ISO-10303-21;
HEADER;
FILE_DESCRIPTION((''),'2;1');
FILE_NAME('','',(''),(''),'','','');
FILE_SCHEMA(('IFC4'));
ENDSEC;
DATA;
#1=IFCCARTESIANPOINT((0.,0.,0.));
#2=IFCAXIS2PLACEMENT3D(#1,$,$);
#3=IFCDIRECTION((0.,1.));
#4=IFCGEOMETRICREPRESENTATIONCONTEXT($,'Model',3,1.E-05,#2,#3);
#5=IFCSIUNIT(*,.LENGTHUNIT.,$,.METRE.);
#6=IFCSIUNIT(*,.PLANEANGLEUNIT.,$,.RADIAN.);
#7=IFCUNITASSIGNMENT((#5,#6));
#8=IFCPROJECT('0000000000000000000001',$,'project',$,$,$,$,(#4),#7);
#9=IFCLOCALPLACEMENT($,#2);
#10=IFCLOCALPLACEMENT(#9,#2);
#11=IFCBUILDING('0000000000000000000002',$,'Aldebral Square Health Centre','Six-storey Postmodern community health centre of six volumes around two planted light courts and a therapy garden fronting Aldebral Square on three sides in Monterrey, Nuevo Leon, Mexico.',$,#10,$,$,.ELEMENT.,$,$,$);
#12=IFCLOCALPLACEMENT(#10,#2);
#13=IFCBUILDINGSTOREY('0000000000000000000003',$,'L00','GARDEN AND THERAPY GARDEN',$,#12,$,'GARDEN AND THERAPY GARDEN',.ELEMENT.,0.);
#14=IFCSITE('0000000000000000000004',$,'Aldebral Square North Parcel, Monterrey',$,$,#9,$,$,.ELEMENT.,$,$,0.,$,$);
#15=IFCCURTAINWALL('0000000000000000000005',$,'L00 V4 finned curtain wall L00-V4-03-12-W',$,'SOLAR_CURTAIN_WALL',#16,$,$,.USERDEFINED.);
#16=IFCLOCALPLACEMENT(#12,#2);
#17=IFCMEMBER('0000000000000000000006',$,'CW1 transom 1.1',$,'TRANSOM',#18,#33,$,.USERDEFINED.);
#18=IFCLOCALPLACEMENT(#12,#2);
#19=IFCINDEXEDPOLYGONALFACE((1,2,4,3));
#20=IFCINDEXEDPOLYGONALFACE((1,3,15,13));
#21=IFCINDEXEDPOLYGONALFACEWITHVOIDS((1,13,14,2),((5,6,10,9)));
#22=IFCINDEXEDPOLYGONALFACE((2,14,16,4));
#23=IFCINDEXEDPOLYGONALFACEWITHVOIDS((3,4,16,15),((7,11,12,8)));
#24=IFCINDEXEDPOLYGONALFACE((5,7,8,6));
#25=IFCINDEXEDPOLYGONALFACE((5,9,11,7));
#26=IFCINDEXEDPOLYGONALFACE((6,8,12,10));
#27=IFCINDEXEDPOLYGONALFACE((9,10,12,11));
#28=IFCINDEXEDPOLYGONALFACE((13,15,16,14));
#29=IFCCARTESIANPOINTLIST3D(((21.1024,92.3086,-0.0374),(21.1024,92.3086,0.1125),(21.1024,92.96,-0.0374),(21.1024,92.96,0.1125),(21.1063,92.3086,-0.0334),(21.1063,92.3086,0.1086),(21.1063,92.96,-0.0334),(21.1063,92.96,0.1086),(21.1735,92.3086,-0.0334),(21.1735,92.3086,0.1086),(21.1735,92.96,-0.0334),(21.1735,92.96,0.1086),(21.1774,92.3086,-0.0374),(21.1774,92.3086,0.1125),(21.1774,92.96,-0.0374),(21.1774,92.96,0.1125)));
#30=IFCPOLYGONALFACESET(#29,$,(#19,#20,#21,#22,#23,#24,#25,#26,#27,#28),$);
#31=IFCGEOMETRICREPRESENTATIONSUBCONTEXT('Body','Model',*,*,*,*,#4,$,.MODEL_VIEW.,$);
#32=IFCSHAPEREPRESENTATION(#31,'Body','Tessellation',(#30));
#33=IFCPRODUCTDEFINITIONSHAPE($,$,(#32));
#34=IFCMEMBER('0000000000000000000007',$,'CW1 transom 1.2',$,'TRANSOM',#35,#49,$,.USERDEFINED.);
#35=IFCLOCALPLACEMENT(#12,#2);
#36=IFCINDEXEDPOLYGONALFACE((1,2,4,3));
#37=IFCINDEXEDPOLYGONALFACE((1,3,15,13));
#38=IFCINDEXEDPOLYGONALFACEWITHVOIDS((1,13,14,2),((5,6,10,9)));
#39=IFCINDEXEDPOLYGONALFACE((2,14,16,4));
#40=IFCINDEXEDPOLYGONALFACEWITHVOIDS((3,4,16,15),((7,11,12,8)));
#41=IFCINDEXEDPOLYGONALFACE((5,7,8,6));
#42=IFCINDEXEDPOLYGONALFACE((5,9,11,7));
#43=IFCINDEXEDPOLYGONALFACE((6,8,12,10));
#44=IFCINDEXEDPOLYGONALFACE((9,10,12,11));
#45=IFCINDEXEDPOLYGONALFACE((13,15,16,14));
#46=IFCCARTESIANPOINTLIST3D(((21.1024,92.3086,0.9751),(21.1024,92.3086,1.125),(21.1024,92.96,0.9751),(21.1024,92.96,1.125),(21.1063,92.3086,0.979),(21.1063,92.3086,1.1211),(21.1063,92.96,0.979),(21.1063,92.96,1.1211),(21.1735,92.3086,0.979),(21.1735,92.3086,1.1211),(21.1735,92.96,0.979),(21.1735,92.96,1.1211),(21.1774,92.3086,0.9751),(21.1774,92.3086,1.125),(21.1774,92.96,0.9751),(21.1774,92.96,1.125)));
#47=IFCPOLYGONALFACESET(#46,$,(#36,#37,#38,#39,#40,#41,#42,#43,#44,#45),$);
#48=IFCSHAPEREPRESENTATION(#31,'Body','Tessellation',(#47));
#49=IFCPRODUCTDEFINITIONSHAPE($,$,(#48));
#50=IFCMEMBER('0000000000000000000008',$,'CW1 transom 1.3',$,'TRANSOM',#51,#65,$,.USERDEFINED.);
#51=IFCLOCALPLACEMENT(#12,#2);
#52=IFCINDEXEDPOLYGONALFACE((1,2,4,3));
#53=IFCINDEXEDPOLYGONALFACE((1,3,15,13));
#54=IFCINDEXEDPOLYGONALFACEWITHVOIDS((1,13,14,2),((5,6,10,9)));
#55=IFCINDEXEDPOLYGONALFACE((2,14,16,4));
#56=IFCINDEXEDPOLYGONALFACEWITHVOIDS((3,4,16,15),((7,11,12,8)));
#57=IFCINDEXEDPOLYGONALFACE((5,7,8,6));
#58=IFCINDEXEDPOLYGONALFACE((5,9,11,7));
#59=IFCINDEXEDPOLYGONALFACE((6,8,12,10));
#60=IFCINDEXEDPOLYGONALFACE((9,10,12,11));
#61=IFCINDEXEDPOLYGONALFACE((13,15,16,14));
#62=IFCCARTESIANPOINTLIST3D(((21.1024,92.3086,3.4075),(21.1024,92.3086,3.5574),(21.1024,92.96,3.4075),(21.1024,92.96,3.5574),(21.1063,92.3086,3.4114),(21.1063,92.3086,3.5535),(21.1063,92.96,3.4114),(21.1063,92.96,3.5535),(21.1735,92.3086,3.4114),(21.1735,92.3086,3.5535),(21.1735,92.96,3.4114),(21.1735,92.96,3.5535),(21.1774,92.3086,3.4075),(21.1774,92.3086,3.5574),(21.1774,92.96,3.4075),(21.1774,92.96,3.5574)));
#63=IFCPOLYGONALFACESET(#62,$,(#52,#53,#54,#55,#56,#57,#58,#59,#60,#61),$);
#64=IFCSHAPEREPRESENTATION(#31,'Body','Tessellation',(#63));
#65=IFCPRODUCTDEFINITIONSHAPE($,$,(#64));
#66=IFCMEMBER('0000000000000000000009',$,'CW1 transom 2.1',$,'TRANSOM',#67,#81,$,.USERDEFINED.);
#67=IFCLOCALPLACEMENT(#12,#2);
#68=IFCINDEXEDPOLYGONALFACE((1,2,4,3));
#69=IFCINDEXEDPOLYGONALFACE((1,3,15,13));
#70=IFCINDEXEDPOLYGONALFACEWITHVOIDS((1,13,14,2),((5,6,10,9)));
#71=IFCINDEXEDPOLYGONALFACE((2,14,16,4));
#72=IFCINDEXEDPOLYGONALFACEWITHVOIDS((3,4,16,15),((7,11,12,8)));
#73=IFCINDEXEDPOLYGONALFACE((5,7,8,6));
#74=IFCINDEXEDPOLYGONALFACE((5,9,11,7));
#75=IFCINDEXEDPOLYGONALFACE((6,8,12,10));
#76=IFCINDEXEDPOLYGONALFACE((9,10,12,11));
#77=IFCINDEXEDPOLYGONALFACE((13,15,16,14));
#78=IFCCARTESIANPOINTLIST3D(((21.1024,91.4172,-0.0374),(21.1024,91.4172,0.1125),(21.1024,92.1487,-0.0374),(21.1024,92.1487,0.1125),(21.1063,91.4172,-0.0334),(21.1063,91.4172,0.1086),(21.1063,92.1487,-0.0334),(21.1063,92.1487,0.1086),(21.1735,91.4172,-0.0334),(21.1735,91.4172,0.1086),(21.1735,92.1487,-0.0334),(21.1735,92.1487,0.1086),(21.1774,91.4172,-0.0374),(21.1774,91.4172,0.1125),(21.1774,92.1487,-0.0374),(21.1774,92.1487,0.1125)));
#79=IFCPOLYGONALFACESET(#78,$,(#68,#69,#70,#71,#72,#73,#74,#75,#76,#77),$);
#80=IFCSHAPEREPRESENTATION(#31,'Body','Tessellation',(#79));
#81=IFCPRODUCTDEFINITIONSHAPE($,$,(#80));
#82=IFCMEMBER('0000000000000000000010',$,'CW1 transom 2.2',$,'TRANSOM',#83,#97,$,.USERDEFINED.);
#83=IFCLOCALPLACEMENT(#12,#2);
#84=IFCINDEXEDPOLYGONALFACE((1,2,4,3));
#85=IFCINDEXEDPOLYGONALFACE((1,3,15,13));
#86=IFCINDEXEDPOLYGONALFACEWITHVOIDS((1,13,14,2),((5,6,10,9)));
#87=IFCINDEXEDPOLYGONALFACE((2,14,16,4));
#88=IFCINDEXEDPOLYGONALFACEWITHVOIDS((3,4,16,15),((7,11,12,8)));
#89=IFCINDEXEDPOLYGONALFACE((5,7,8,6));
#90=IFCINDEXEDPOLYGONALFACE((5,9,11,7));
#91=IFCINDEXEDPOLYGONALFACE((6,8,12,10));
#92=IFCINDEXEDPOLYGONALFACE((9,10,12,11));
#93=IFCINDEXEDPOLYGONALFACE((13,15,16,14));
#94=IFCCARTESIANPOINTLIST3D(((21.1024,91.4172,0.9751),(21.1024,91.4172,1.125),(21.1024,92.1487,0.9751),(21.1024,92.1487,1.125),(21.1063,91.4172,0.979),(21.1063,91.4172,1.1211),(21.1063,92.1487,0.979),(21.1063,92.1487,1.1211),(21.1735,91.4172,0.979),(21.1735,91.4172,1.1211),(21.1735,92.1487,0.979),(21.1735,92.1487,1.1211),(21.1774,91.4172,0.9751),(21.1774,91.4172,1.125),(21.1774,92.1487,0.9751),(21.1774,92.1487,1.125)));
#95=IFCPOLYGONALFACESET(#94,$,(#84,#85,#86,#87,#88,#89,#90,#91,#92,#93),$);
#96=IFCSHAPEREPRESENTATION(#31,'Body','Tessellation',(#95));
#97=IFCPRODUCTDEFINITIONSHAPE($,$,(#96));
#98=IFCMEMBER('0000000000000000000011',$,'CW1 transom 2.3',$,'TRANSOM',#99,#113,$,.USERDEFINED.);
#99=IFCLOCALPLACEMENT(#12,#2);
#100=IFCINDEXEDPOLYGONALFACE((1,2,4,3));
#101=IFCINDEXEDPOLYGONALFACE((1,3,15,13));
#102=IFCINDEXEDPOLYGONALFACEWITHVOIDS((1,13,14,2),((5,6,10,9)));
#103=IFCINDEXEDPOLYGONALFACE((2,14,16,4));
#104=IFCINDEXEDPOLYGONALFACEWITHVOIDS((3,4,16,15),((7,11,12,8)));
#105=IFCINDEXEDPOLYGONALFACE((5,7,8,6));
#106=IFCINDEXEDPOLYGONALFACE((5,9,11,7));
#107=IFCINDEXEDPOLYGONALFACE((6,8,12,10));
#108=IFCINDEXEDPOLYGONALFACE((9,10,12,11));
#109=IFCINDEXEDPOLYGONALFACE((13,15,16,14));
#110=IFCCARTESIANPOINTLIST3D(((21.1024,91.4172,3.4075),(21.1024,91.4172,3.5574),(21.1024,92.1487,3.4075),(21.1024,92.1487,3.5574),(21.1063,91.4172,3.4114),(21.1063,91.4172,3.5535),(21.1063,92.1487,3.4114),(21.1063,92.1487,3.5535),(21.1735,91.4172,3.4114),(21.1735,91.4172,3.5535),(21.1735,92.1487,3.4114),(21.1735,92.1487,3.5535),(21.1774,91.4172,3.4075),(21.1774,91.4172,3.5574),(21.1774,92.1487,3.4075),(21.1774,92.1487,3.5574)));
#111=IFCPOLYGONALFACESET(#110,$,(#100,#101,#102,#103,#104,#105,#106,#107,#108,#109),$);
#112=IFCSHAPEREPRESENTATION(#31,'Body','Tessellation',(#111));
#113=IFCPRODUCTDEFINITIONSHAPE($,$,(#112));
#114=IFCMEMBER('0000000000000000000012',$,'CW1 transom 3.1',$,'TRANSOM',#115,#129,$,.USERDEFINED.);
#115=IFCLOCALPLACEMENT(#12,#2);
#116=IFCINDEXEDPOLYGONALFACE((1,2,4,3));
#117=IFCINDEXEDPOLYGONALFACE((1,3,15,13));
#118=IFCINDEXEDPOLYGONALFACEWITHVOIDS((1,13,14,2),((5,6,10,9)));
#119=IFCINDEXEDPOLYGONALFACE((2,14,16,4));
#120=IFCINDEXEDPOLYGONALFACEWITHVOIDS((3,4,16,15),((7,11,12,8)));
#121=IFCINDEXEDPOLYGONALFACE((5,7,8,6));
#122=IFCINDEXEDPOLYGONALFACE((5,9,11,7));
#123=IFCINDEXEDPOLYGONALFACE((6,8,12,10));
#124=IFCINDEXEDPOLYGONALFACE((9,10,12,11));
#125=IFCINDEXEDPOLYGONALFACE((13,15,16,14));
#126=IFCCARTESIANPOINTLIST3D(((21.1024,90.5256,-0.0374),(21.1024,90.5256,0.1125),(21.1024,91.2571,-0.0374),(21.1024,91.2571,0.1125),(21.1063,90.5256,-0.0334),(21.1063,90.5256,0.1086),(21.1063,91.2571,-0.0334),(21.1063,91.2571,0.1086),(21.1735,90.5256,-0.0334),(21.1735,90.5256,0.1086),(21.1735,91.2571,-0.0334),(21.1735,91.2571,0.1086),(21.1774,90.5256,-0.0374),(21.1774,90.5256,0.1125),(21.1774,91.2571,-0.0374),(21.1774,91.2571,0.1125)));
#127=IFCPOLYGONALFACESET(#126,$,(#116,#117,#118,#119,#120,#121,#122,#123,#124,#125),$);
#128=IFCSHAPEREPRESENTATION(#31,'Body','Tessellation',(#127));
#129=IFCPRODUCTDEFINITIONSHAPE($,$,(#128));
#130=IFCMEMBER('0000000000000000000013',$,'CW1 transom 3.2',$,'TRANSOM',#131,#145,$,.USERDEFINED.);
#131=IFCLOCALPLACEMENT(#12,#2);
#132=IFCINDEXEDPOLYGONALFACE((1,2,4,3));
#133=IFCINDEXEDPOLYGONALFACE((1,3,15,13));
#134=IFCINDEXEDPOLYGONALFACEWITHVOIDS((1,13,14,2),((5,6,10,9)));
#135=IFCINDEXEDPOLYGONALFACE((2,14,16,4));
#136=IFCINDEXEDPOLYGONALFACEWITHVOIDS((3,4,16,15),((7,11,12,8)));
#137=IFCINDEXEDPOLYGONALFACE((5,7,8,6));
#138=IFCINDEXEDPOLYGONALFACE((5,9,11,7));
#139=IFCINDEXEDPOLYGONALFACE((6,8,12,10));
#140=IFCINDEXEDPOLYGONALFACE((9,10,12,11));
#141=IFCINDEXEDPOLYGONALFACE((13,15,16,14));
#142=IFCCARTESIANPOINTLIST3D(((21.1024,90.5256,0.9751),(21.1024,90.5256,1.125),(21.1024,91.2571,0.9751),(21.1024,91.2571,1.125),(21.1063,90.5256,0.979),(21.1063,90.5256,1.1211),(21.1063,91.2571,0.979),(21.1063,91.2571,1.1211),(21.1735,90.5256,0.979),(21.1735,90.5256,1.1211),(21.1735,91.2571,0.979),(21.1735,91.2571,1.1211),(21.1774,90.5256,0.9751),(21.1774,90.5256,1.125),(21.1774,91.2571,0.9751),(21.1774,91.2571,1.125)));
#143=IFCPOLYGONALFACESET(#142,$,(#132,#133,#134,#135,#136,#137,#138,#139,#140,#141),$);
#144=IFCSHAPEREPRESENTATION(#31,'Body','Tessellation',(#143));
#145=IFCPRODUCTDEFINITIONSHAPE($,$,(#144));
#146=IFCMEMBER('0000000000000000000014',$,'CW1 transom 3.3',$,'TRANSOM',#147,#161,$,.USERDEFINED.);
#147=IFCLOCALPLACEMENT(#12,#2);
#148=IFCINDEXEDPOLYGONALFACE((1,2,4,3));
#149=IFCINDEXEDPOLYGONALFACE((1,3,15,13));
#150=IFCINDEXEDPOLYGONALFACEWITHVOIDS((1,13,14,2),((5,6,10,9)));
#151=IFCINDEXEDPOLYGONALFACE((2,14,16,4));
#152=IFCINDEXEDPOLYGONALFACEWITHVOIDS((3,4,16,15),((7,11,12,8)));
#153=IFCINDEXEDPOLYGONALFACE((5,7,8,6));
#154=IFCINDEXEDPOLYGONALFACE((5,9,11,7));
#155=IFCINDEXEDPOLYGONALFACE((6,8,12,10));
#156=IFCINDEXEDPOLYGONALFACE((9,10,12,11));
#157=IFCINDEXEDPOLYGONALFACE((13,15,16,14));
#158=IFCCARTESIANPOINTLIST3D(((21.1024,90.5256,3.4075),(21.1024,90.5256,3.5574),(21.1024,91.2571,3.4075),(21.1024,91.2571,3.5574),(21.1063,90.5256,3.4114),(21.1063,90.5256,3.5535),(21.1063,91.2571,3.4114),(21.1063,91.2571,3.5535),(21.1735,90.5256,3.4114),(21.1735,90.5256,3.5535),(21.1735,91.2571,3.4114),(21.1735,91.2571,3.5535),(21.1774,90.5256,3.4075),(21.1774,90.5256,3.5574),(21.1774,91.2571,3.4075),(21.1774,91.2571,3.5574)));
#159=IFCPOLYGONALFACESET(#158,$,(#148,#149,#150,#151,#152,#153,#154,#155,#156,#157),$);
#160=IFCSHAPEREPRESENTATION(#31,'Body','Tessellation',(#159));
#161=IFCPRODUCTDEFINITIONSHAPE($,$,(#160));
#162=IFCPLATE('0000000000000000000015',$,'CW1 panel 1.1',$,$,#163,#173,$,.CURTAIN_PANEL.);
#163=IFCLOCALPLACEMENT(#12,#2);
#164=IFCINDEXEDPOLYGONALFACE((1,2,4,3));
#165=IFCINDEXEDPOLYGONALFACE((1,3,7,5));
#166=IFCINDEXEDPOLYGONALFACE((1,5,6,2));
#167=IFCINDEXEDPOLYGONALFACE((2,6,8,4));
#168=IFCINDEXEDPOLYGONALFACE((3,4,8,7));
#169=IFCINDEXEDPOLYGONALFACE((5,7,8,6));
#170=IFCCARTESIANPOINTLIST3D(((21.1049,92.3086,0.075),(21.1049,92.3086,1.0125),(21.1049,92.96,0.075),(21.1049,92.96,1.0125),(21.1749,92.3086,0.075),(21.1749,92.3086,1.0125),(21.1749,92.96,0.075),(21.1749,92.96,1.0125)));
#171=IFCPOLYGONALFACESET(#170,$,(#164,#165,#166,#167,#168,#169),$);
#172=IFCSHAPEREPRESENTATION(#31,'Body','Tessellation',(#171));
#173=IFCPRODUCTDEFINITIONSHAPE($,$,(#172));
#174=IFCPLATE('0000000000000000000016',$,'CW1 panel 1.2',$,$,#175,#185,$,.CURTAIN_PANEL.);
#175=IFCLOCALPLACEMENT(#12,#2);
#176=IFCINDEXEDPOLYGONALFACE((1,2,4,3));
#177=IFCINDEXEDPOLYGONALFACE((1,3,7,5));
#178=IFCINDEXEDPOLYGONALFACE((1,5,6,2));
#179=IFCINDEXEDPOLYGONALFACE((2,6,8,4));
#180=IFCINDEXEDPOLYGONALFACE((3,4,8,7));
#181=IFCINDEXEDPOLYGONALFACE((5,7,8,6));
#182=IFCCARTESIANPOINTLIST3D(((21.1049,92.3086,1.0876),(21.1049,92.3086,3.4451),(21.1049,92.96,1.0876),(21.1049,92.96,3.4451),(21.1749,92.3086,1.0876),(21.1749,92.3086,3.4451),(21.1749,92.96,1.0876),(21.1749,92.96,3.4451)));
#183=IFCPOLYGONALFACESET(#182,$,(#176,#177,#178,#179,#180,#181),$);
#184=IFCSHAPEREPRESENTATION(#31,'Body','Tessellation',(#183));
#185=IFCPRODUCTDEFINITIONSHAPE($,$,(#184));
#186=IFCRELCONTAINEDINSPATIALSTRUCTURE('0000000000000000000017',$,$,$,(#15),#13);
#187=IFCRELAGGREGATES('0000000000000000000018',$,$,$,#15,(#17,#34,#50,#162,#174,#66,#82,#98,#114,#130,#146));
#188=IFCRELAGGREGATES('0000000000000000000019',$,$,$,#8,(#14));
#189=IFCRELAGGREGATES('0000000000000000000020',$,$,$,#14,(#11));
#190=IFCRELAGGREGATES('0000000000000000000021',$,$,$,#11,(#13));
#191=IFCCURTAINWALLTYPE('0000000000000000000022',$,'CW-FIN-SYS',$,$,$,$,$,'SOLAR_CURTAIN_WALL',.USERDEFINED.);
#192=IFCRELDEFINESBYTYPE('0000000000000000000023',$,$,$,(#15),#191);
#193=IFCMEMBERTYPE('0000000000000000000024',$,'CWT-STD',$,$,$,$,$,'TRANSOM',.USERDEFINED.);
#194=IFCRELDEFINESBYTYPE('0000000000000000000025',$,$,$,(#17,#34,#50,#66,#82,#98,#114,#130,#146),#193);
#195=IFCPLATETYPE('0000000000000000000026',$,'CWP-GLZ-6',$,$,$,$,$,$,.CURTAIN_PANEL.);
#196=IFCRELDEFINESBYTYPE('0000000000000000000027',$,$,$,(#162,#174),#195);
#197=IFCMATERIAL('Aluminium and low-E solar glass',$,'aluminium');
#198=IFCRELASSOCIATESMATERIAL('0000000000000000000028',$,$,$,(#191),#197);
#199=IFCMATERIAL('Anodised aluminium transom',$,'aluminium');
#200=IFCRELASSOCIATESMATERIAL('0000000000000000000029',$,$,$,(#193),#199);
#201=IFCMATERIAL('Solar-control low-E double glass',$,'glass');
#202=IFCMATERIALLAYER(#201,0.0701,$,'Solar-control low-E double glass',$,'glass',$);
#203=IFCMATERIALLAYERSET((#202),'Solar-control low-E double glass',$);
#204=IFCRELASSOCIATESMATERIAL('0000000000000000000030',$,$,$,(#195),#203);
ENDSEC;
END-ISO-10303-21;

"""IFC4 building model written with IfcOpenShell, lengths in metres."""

from ifc_helpers import new_model, si_unit, direction, frame, origin, origin_2d, place, context, subcontext, project, spatial, rectangle, hollow_rectangle, extrude, material, layer, layer_set, material_profile, profile_set, type_object, element, aggregate, save


model = new_model("IFC4")

# Units and contexts
model_context = context("Model", 3, precision=1e-05, world=origin(), true_north=direction((0.0, 1.0)))
body_context = subcontext(model_context, "Body", "Model", "MODEL_VIEW")
ifc_project = project(units=[si_unit("LENGTHUNIT", "METRE"), si_unit("PLANEANGLEUNIT", "RADIAN")], contexts=[model_context])

# Site, building, storey
site_placement = place(None, origin())
site = spatial("IfcSite", under=ifc_project, at=site_placement, Name="Aldebral Square North Parcel, Monterrey", CompositionType="ELEMENT", RefElevation=0.0)
building_placement = place(site_placement, origin())
building = spatial("IfcBuilding", under=site, at=building_placement, Name="Aldebral Square Health Centre", Description="Six-storey Postmodern community health centre of six volumes around two planted light courts and a therapy garden fronting Aldebral Square on three sides in Monterrey, Nuevo Leon, Mexico.", CompositionType="ELEMENT")
storey_placement = place(building_placement, origin())
storey = spatial("IfcBuildingStorey", under=building, at=storey_placement, Name="L00", Description="GARDEN AND THERAPY GARDEN", LongName="GARDEN AND THERAPY GARDEN", CompositionType="ELEMENT", Elevation=0.0)

# Curtain wall, members, plates
ifc_material_1 = material(Name="Aluminium and low-E solar glass", Category="aluminium")
curtain_wall_type = type_object("IfcCurtainWallType", Name="CW-FIN-SYS", ElementType="SOLAR_CURTAIN_WALL", PredefinedType="USERDEFINED", material=ifc_material_1)
curtain_wall_placement = place(storey_placement, origin())
curtain_wall = element("IfcCurtainWall", 1, at=curtain_wall_placement, inside=storey, type_object=curtain_wall_type, Name="L00 V4 finned curtain wall L00-V4-03-12-W", ObjectType="SOLAR_CURTAIN_WALL", PredefinedType="USERDEFINED")
ifc_material_2 = material(Name="Anodised aluminium transom", Category="aluminium")
ifc_material_profile_1 = material_profile(ifc_material_2, hollow_rectangle(XDim=0.075, YDim=0.1499, WallThickness=0.0039, at=origin_2d()), Name="CWT 75x150x4")
ifc_profile_set_1 = profile_set([ifc_material_profile_1], Name="Anodised aluminium transom")
member_type_1 = type_object("IfcMemberType", Name="CWT-STD", ElementType="TRANSOM", PredefinedType="USERDEFINED", material=ifc_profile_set_1)
member_1_placement = place(storey_placement, frame((21.1399, 92.96, 0.0376), z_axis=(0.0, -1.0, 0.0), x_axis=(1.0, 0.0, 0.0)))
member_1 = element("IfcMember", 2, at=member_1_placement, type_object=member_type_1, Name="CW1 transom 1.1", ObjectType="TRANSOM", PredefinedType="USERDEFINED", context=body_context, shape_type="SweptSolid", body=[
    extrude(hollow_rectangle(XDim=0.075, YDim=0.1499, WallThickness=0.0039, at=origin_2d()), origin(), (0.0, 0.0, 1.0), 0.6514),
])
member_2_placement = place(storey_placement, frame((21.1399, 92.96, 1.05), z_axis=(0.0, -1.0, 0.0), x_axis=(1.0, 0.0, 0.0)))
member_2 = element("IfcMember", 3, at=member_2_placement, type_object=member_type_1, Name="CW1 transom 1.2", ObjectType="TRANSOM", PredefinedType="USERDEFINED", context=body_context, shape_type="SweptSolid", body=[
    extrude(hollow_rectangle(XDim=0.075, YDim=0.1499, WallThickness=0.0039, at=origin_2d()), origin(), (0.0, 0.0, 1.0), 0.6514),
])
member_3_placement = place(storey_placement, frame((21.1399, 92.96, 3.4824), z_axis=(0.0, -1.0, 0.0), x_axis=(1.0, 0.0, 0.0)))
member_3 = element("IfcMember", 4, at=member_3_placement, type_object=member_type_1, Name="CW1 transom 1.3", ObjectType="TRANSOM", PredefinedType="USERDEFINED", context=body_context, shape_type="SweptSolid", body=[
    extrude(hollow_rectangle(XDim=0.075, YDim=0.1499, WallThickness=0.0039, at=origin_2d()), origin(), (0.0, 0.0, 1.0), 0.6514),
])
member_4_placement = place(storey_placement, frame((21.1399, 92.1487, 0.0376), z_axis=(0.0, -1.0, 0.0), x_axis=(1.0, 0.0, 0.0)))
member_4 = element("IfcMember", 5, at=member_4_placement, type_object=member_type_1, Name="CW1 transom 2.1", ObjectType="TRANSOM", PredefinedType="USERDEFINED", context=body_context, shape_type="SweptSolid", body=[
    extrude(hollow_rectangle(XDim=0.075, YDim=0.1499, WallThickness=0.0039, at=origin_2d()), origin(), (0.0, 0.0, 1.0), 0.7314),
])
member_5_placement = place(storey_placement, frame((21.1399, 92.1487, 1.05), z_axis=(0.0, -1.0, 0.0), x_axis=(1.0, 0.0, 0.0)))
member_5 = element("IfcMember", 6, at=member_5_placement, type_object=member_type_1, Name="CW1 transom 2.2", ObjectType="TRANSOM", PredefinedType="USERDEFINED", context=body_context, shape_type="SweptSolid", body=[
    extrude(hollow_rectangle(XDim=0.075, YDim=0.1499, WallThickness=0.0039, at=origin_2d()), origin(), (0.0, 0.0, 1.0), 0.7314),
])
member_6_placement = place(storey_placement, frame((21.1399, 92.1487, 3.4824), z_axis=(0.0, -1.0, 0.0), x_axis=(1.0, 0.0, 0.0)))
member_6 = element("IfcMember", 7, at=member_6_placement, type_object=member_type_1, Name="CW1 transom 2.3", ObjectType="TRANSOM", PredefinedType="USERDEFINED", context=body_context, shape_type="SweptSolid", body=[
    extrude(hollow_rectangle(XDim=0.075, YDim=0.1499, WallThickness=0.0039, at=origin_2d()), origin(), (0.0, 0.0, 1.0), 0.7314),
])
member_7_placement = place(storey_placement, frame((21.1399, 91.2571, 0.0376), z_axis=(0.0, -1.0, 0.0), x_axis=(1.0, 0.0, 0.0)))
member_7 = element("IfcMember", 8, at=member_7_placement, type_object=member_type_1, Name="CW1 transom 3.1", ObjectType="TRANSOM", PredefinedType="USERDEFINED", context=body_context, shape_type="SweptSolid", body=[
    extrude(hollow_rectangle(XDim=0.075, YDim=0.1499, WallThickness=0.0039, at=origin_2d()), origin(), (0.0, 0.0, 1.0), 0.7314),
])
member_8_placement = place(storey_placement, frame((21.1399, 91.2571, 1.05), z_axis=(0.0, -1.0, 0.0), x_axis=(1.0, 0.0, 0.0)))
member_8 = element("IfcMember", 9, at=member_8_placement, type_object=member_type_1, Name="CW1 transom 3.2", ObjectType="TRANSOM", PredefinedType="USERDEFINED", context=body_context, shape_type="SweptSolid", body=[
    extrude(hollow_rectangle(XDim=0.075, YDim=0.1499, WallThickness=0.0039, at=origin_2d()), origin(), (0.0, 0.0, 1.0), 0.7314),
])
member_9_placement = place(storey_placement, frame((21.1399, 91.2571, 3.4824), z_axis=(0.0, -1.0, 0.0), x_axis=(1.0, 0.0, 0.0)))
member_9 = element("IfcMember", 10, at=member_9_placement, type_object=member_type_1, Name="CW1 transom 3.3", ObjectType="TRANSOM", PredefinedType="USERDEFINED", context=body_context, shape_type="SweptSolid", body=[
    extrude(hollow_rectangle(XDim=0.075, YDim=0.1499, WallThickness=0.0039, at=origin_2d()), origin(), (0.0, 0.0, 1.0), 0.7314),
])
ifc_material_3 = material(Name="Solar-control low-E double glass", Category="glass")
ifc_layer_1 = layer(ifc_material_3, 0.0701, Name="Solar-control low-E double glass", Category="glass")
ifc_layer_set_1 = layer_set([ifc_layer_1], Name="Solar-control low-E double glass")
plate_type = type_object("IfcPlateType", Name="CWP-GLZ-6", PredefinedType="CURTAIN_PANEL", material=ifc_layer_set_1)
plate_1_placement = place(storey_placement, frame((21.1399, 92.6343, 0.075), z_axis=(0.0, 0.0, 1.0), x_axis=(0.0, -1.0, 0.0)))
plate_1 = element("IfcPlate", 11, at=plate_1_placement, type_object=plate_type, Name="CW1 panel 1.1", PredefinedType="CURTAIN_PANEL", context=body_context, shape_type="SweptSolid", body=[
    extrude(rectangle(XDim=0.6514, YDim=0.0701, at=origin_2d()), origin(), (0.0, 0.0, 1.0), 0.9375),
])
plate_2_placement = place(storey_placement, frame((21.1399, 92.6343, 1.0876), z_axis=(0.0, 0.0, 1.0), x_axis=(0.0, -1.0, 0.0)))
plate_2 = element("IfcPlate", 12, at=plate_2_placement, type_object=plate_type, Name="CW1 panel 1.2", PredefinedType="CURTAIN_PANEL", context=body_context, shape_type="SweptSolid", body=[
    extrude(rectangle(XDim=0.6514, YDim=0.0701, at=origin_2d()), origin(), (0.0, 0.0, 1.0), 2.3574),
])
aggregate(curtain_wall, [member_1, member_2, member_3, plate_1, plate_2, member_4, member_5, member_6, member_7, member_8, member_9])

save(model, "model.ifc")
